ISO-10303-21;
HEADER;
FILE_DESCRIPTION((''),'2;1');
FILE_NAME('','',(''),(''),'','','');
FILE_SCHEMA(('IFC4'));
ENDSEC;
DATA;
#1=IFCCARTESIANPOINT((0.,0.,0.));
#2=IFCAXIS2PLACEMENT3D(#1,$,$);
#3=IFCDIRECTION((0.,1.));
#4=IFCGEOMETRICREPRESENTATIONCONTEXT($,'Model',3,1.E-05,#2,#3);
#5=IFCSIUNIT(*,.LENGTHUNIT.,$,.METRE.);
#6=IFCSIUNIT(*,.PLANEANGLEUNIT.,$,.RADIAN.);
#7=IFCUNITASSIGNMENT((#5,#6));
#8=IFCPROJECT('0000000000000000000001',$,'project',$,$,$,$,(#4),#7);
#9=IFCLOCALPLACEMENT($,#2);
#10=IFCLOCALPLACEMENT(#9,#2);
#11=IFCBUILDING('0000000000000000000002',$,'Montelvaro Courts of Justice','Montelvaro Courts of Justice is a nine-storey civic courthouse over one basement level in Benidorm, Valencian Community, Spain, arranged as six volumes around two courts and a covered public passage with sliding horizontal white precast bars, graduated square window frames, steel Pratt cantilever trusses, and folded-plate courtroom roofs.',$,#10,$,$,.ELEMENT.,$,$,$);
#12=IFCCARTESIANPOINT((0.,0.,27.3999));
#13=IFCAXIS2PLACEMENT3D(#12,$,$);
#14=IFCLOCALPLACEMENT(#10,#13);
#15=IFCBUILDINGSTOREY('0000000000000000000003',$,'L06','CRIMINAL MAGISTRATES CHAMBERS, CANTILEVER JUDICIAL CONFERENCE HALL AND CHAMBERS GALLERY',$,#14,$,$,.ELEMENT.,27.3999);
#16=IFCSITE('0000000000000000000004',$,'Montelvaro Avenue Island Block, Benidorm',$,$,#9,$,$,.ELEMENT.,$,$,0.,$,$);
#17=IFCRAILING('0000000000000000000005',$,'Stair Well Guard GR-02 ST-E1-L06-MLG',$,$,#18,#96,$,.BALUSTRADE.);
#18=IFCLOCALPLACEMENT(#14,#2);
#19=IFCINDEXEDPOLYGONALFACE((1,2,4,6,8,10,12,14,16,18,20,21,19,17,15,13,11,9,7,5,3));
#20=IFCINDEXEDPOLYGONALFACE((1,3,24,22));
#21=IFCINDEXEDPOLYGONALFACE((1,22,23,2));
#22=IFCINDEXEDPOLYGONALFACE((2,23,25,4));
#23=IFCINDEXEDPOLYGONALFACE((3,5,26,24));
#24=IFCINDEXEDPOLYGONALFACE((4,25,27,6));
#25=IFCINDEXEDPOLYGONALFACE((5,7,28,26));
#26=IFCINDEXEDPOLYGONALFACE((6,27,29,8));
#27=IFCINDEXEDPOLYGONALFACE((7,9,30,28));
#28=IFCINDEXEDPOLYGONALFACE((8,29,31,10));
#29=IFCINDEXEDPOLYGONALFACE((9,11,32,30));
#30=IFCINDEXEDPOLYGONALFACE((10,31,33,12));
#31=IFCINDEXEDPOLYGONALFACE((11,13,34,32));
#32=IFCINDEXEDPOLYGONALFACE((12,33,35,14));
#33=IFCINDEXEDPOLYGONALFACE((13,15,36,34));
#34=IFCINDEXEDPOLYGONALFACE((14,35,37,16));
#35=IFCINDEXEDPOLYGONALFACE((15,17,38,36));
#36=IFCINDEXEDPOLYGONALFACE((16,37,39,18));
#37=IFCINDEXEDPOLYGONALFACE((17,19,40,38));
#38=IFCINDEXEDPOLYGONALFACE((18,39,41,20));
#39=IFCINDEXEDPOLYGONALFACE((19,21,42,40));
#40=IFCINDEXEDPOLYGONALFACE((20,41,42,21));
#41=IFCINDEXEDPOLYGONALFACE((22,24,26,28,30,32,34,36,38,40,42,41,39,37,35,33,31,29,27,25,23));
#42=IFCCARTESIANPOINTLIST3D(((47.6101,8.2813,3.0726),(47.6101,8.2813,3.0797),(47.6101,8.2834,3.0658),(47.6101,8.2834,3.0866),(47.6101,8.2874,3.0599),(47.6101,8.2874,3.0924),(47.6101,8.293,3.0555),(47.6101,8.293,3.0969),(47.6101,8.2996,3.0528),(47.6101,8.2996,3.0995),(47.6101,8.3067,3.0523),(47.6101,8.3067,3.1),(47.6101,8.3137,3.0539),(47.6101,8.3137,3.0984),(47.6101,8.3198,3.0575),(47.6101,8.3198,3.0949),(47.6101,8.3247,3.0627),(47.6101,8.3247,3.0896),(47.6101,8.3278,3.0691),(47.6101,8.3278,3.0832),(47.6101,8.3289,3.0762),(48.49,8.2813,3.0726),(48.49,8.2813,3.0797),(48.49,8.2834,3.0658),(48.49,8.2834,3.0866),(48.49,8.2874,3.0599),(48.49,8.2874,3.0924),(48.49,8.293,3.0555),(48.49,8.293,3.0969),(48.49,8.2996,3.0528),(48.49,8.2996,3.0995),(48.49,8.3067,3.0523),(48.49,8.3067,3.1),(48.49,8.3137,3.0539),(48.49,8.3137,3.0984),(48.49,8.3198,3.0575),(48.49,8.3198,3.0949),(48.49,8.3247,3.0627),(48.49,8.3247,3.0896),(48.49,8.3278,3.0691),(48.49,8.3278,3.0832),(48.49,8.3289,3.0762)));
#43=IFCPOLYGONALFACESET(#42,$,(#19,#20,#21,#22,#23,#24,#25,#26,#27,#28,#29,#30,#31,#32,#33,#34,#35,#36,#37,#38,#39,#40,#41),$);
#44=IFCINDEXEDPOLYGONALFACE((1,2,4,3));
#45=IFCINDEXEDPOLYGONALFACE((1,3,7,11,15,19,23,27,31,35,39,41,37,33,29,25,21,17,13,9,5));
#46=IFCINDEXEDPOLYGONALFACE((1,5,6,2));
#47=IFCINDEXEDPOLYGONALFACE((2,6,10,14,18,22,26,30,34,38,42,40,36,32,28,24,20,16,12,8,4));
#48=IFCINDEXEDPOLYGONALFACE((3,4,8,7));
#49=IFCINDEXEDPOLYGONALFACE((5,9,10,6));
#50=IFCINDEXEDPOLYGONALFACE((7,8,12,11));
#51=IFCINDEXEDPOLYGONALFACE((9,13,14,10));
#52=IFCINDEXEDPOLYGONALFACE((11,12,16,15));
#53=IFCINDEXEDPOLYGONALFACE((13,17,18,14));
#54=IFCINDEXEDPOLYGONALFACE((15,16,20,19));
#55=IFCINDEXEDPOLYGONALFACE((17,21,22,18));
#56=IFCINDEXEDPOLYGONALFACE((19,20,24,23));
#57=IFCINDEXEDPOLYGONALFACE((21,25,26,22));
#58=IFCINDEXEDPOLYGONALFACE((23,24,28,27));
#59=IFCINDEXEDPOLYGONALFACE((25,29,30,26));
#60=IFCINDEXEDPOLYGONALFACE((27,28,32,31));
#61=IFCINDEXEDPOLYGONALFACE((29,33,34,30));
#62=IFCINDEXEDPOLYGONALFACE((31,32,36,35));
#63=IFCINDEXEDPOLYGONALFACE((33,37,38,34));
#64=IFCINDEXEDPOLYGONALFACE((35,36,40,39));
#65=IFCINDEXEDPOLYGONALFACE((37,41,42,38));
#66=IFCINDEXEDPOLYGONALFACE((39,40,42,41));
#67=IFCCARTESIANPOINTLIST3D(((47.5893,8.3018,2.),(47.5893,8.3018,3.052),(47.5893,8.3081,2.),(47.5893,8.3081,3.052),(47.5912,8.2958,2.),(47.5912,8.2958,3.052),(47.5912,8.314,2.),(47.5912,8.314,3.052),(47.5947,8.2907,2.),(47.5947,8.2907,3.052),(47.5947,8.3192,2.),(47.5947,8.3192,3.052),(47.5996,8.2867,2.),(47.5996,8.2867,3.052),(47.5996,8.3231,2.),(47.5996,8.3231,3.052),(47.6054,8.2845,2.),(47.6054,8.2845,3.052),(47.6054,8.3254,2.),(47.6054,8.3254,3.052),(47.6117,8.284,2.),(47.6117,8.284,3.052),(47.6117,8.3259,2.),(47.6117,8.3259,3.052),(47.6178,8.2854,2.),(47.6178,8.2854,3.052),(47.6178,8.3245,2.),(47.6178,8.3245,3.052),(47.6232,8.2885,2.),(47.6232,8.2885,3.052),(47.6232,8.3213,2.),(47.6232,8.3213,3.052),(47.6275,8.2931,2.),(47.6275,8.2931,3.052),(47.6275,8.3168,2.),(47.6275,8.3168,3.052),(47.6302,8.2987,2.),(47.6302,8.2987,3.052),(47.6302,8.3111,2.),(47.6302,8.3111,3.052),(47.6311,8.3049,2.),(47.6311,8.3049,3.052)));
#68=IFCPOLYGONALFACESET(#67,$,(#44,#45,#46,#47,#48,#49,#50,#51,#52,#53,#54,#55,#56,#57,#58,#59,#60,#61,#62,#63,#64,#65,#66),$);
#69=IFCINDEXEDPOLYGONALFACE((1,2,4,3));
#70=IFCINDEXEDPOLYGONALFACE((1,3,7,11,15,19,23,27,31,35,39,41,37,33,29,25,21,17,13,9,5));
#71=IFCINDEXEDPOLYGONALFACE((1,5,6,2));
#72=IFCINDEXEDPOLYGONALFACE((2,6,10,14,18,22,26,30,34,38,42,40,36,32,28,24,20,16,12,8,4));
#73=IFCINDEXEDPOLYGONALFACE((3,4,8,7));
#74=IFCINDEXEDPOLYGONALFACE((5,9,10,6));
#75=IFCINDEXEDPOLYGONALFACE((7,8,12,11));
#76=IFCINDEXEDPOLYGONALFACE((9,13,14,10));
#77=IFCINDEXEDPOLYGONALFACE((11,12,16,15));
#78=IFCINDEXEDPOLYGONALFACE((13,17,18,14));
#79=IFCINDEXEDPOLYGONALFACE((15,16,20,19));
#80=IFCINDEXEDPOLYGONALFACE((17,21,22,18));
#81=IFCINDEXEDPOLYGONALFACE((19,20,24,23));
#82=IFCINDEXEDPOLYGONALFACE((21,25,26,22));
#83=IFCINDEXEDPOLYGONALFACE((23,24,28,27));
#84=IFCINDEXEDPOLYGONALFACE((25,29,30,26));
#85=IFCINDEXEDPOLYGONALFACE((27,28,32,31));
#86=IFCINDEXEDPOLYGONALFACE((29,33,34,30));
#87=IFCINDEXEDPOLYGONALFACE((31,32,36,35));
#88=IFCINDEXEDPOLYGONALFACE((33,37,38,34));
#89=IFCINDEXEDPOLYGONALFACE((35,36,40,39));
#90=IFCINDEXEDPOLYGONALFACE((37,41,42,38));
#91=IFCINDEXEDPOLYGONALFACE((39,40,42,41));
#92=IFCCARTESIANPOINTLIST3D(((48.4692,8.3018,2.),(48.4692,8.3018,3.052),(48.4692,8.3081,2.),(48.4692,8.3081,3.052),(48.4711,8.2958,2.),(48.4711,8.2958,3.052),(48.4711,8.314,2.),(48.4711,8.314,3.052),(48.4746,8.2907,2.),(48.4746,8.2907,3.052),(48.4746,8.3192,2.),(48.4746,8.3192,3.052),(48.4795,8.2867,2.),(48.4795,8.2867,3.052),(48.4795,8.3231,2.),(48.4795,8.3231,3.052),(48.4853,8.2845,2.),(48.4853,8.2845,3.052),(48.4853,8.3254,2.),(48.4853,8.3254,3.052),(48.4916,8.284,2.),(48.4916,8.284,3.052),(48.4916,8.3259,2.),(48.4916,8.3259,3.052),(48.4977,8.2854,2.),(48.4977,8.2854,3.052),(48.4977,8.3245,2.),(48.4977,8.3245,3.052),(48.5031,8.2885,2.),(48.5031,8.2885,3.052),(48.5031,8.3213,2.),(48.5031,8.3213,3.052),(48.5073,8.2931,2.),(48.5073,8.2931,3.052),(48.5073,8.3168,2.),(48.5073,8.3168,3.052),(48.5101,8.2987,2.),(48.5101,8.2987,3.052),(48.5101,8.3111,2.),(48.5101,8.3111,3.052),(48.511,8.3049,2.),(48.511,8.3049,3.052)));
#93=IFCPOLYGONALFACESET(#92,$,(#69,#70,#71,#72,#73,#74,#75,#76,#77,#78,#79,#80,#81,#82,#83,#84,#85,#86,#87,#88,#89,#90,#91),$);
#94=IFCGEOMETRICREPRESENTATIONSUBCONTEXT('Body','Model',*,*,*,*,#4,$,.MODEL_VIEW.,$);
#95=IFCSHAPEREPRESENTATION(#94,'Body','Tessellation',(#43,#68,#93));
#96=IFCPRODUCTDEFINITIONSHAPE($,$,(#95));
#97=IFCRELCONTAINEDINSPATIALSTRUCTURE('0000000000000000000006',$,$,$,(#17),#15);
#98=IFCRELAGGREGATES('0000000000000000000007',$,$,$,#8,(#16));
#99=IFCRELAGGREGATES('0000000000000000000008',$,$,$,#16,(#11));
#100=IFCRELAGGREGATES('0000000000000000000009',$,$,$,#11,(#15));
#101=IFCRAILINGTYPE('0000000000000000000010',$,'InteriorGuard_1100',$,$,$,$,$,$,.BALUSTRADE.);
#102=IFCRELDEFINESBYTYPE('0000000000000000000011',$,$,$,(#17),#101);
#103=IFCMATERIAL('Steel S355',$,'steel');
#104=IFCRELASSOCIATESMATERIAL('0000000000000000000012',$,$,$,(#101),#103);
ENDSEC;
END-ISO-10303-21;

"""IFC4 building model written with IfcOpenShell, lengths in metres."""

from ifc_helpers import new_model, si_unit, direction, frame, origin, origin_2d, place, context, subcontext, project, spatial, circle, extrude, material, type_object, element, save


model = new_model("IFC4")

# Units and contexts
model_context = context("Model", 3, precision=1e-05, world=origin(), true_north=direction((0.0, 1.0)))
body_context = subcontext(model_context, "Body", "Model", "MODEL_VIEW")
ifc_project = project(units=[si_unit("LENGTHUNIT", "METRE"), si_unit("PLANEANGLEUNIT", "RADIAN")], contexts=[model_context])

# Site, building, storey
site_placement = place(None, origin())
site = spatial("IfcSite", under=ifc_project, at=site_placement, Name="Montelvaro Avenue Island Block, Benidorm", CompositionType="ELEMENT", RefElevation=0.0)
building_placement = place(site_placement, origin())
building = spatial("IfcBuilding", under=site, at=building_placement, Name="Montelvaro Courts of Justice", Description="Montelvaro Courts of Justice is a nine-storey civic courthouse over one basement level in Benidorm, Valencian Community, Spain, arranged as six volumes around two courts and a covered public passage with sliding horizontal white precast bars, graduated square window frames, steel Pratt cantilever trusses, and folded-plate courtroom roofs.", CompositionType="ELEMENT")
storey_placement = place(building_placement, frame((0.0, 0.0, 27.3999)))
storey = spatial("IfcBuildingStorey", under=building, at=storey_placement, Name="L06", Description="CRIMINAL MAGISTRATES CHAMBERS, CANTILEVER JUDICIAL CONFERENCE HALL AND CHAMBERS GALLERY", CompositionType="ELEMENT", Elevation=27.3999)

# Shared definitions
ifc_material_1 = material(Name="Steel S355", Category="steel")

# Railing
railing_type = type_object("IfcRailingType", Name="InteriorGuard_1100", PredefinedType="BALUSTRADE", material=ifc_material_1)
railing_1_placement = place(storey_placement, frame((47.6101, 8.3049, 2.0)))
element("IfcRailing", 1, at=railing_1_placement, inside=storey, type_object=railing_type, Name="Stair Well Guard GR-02 ST-E1-L06-MLG", PredefinedType="BALUSTRADE", context=body_context, shape_type="SweptSolid", body=[
    extrude(circle(Radius=0.0239, at=origin_2d()), frame((0.0, 0.0, 1.0762), z_axis=(1.0, 0.0, 0.0), x_axis=(0.0, 1.0, 0.0)), (0.0, 0.0, 1.0), 0.8799),
    extrude(circle(Radius=0.021, at=origin_2d()), origin(), (0.0, 0.0, 1.0), 1.052),
    extrude(circle(Radius=0.021, at=origin_2d()), frame((0.8799, 0.0, 0.0)), (0.0, 0.0, 1.0), 1.052),
])

save(model, "model.ifc")
